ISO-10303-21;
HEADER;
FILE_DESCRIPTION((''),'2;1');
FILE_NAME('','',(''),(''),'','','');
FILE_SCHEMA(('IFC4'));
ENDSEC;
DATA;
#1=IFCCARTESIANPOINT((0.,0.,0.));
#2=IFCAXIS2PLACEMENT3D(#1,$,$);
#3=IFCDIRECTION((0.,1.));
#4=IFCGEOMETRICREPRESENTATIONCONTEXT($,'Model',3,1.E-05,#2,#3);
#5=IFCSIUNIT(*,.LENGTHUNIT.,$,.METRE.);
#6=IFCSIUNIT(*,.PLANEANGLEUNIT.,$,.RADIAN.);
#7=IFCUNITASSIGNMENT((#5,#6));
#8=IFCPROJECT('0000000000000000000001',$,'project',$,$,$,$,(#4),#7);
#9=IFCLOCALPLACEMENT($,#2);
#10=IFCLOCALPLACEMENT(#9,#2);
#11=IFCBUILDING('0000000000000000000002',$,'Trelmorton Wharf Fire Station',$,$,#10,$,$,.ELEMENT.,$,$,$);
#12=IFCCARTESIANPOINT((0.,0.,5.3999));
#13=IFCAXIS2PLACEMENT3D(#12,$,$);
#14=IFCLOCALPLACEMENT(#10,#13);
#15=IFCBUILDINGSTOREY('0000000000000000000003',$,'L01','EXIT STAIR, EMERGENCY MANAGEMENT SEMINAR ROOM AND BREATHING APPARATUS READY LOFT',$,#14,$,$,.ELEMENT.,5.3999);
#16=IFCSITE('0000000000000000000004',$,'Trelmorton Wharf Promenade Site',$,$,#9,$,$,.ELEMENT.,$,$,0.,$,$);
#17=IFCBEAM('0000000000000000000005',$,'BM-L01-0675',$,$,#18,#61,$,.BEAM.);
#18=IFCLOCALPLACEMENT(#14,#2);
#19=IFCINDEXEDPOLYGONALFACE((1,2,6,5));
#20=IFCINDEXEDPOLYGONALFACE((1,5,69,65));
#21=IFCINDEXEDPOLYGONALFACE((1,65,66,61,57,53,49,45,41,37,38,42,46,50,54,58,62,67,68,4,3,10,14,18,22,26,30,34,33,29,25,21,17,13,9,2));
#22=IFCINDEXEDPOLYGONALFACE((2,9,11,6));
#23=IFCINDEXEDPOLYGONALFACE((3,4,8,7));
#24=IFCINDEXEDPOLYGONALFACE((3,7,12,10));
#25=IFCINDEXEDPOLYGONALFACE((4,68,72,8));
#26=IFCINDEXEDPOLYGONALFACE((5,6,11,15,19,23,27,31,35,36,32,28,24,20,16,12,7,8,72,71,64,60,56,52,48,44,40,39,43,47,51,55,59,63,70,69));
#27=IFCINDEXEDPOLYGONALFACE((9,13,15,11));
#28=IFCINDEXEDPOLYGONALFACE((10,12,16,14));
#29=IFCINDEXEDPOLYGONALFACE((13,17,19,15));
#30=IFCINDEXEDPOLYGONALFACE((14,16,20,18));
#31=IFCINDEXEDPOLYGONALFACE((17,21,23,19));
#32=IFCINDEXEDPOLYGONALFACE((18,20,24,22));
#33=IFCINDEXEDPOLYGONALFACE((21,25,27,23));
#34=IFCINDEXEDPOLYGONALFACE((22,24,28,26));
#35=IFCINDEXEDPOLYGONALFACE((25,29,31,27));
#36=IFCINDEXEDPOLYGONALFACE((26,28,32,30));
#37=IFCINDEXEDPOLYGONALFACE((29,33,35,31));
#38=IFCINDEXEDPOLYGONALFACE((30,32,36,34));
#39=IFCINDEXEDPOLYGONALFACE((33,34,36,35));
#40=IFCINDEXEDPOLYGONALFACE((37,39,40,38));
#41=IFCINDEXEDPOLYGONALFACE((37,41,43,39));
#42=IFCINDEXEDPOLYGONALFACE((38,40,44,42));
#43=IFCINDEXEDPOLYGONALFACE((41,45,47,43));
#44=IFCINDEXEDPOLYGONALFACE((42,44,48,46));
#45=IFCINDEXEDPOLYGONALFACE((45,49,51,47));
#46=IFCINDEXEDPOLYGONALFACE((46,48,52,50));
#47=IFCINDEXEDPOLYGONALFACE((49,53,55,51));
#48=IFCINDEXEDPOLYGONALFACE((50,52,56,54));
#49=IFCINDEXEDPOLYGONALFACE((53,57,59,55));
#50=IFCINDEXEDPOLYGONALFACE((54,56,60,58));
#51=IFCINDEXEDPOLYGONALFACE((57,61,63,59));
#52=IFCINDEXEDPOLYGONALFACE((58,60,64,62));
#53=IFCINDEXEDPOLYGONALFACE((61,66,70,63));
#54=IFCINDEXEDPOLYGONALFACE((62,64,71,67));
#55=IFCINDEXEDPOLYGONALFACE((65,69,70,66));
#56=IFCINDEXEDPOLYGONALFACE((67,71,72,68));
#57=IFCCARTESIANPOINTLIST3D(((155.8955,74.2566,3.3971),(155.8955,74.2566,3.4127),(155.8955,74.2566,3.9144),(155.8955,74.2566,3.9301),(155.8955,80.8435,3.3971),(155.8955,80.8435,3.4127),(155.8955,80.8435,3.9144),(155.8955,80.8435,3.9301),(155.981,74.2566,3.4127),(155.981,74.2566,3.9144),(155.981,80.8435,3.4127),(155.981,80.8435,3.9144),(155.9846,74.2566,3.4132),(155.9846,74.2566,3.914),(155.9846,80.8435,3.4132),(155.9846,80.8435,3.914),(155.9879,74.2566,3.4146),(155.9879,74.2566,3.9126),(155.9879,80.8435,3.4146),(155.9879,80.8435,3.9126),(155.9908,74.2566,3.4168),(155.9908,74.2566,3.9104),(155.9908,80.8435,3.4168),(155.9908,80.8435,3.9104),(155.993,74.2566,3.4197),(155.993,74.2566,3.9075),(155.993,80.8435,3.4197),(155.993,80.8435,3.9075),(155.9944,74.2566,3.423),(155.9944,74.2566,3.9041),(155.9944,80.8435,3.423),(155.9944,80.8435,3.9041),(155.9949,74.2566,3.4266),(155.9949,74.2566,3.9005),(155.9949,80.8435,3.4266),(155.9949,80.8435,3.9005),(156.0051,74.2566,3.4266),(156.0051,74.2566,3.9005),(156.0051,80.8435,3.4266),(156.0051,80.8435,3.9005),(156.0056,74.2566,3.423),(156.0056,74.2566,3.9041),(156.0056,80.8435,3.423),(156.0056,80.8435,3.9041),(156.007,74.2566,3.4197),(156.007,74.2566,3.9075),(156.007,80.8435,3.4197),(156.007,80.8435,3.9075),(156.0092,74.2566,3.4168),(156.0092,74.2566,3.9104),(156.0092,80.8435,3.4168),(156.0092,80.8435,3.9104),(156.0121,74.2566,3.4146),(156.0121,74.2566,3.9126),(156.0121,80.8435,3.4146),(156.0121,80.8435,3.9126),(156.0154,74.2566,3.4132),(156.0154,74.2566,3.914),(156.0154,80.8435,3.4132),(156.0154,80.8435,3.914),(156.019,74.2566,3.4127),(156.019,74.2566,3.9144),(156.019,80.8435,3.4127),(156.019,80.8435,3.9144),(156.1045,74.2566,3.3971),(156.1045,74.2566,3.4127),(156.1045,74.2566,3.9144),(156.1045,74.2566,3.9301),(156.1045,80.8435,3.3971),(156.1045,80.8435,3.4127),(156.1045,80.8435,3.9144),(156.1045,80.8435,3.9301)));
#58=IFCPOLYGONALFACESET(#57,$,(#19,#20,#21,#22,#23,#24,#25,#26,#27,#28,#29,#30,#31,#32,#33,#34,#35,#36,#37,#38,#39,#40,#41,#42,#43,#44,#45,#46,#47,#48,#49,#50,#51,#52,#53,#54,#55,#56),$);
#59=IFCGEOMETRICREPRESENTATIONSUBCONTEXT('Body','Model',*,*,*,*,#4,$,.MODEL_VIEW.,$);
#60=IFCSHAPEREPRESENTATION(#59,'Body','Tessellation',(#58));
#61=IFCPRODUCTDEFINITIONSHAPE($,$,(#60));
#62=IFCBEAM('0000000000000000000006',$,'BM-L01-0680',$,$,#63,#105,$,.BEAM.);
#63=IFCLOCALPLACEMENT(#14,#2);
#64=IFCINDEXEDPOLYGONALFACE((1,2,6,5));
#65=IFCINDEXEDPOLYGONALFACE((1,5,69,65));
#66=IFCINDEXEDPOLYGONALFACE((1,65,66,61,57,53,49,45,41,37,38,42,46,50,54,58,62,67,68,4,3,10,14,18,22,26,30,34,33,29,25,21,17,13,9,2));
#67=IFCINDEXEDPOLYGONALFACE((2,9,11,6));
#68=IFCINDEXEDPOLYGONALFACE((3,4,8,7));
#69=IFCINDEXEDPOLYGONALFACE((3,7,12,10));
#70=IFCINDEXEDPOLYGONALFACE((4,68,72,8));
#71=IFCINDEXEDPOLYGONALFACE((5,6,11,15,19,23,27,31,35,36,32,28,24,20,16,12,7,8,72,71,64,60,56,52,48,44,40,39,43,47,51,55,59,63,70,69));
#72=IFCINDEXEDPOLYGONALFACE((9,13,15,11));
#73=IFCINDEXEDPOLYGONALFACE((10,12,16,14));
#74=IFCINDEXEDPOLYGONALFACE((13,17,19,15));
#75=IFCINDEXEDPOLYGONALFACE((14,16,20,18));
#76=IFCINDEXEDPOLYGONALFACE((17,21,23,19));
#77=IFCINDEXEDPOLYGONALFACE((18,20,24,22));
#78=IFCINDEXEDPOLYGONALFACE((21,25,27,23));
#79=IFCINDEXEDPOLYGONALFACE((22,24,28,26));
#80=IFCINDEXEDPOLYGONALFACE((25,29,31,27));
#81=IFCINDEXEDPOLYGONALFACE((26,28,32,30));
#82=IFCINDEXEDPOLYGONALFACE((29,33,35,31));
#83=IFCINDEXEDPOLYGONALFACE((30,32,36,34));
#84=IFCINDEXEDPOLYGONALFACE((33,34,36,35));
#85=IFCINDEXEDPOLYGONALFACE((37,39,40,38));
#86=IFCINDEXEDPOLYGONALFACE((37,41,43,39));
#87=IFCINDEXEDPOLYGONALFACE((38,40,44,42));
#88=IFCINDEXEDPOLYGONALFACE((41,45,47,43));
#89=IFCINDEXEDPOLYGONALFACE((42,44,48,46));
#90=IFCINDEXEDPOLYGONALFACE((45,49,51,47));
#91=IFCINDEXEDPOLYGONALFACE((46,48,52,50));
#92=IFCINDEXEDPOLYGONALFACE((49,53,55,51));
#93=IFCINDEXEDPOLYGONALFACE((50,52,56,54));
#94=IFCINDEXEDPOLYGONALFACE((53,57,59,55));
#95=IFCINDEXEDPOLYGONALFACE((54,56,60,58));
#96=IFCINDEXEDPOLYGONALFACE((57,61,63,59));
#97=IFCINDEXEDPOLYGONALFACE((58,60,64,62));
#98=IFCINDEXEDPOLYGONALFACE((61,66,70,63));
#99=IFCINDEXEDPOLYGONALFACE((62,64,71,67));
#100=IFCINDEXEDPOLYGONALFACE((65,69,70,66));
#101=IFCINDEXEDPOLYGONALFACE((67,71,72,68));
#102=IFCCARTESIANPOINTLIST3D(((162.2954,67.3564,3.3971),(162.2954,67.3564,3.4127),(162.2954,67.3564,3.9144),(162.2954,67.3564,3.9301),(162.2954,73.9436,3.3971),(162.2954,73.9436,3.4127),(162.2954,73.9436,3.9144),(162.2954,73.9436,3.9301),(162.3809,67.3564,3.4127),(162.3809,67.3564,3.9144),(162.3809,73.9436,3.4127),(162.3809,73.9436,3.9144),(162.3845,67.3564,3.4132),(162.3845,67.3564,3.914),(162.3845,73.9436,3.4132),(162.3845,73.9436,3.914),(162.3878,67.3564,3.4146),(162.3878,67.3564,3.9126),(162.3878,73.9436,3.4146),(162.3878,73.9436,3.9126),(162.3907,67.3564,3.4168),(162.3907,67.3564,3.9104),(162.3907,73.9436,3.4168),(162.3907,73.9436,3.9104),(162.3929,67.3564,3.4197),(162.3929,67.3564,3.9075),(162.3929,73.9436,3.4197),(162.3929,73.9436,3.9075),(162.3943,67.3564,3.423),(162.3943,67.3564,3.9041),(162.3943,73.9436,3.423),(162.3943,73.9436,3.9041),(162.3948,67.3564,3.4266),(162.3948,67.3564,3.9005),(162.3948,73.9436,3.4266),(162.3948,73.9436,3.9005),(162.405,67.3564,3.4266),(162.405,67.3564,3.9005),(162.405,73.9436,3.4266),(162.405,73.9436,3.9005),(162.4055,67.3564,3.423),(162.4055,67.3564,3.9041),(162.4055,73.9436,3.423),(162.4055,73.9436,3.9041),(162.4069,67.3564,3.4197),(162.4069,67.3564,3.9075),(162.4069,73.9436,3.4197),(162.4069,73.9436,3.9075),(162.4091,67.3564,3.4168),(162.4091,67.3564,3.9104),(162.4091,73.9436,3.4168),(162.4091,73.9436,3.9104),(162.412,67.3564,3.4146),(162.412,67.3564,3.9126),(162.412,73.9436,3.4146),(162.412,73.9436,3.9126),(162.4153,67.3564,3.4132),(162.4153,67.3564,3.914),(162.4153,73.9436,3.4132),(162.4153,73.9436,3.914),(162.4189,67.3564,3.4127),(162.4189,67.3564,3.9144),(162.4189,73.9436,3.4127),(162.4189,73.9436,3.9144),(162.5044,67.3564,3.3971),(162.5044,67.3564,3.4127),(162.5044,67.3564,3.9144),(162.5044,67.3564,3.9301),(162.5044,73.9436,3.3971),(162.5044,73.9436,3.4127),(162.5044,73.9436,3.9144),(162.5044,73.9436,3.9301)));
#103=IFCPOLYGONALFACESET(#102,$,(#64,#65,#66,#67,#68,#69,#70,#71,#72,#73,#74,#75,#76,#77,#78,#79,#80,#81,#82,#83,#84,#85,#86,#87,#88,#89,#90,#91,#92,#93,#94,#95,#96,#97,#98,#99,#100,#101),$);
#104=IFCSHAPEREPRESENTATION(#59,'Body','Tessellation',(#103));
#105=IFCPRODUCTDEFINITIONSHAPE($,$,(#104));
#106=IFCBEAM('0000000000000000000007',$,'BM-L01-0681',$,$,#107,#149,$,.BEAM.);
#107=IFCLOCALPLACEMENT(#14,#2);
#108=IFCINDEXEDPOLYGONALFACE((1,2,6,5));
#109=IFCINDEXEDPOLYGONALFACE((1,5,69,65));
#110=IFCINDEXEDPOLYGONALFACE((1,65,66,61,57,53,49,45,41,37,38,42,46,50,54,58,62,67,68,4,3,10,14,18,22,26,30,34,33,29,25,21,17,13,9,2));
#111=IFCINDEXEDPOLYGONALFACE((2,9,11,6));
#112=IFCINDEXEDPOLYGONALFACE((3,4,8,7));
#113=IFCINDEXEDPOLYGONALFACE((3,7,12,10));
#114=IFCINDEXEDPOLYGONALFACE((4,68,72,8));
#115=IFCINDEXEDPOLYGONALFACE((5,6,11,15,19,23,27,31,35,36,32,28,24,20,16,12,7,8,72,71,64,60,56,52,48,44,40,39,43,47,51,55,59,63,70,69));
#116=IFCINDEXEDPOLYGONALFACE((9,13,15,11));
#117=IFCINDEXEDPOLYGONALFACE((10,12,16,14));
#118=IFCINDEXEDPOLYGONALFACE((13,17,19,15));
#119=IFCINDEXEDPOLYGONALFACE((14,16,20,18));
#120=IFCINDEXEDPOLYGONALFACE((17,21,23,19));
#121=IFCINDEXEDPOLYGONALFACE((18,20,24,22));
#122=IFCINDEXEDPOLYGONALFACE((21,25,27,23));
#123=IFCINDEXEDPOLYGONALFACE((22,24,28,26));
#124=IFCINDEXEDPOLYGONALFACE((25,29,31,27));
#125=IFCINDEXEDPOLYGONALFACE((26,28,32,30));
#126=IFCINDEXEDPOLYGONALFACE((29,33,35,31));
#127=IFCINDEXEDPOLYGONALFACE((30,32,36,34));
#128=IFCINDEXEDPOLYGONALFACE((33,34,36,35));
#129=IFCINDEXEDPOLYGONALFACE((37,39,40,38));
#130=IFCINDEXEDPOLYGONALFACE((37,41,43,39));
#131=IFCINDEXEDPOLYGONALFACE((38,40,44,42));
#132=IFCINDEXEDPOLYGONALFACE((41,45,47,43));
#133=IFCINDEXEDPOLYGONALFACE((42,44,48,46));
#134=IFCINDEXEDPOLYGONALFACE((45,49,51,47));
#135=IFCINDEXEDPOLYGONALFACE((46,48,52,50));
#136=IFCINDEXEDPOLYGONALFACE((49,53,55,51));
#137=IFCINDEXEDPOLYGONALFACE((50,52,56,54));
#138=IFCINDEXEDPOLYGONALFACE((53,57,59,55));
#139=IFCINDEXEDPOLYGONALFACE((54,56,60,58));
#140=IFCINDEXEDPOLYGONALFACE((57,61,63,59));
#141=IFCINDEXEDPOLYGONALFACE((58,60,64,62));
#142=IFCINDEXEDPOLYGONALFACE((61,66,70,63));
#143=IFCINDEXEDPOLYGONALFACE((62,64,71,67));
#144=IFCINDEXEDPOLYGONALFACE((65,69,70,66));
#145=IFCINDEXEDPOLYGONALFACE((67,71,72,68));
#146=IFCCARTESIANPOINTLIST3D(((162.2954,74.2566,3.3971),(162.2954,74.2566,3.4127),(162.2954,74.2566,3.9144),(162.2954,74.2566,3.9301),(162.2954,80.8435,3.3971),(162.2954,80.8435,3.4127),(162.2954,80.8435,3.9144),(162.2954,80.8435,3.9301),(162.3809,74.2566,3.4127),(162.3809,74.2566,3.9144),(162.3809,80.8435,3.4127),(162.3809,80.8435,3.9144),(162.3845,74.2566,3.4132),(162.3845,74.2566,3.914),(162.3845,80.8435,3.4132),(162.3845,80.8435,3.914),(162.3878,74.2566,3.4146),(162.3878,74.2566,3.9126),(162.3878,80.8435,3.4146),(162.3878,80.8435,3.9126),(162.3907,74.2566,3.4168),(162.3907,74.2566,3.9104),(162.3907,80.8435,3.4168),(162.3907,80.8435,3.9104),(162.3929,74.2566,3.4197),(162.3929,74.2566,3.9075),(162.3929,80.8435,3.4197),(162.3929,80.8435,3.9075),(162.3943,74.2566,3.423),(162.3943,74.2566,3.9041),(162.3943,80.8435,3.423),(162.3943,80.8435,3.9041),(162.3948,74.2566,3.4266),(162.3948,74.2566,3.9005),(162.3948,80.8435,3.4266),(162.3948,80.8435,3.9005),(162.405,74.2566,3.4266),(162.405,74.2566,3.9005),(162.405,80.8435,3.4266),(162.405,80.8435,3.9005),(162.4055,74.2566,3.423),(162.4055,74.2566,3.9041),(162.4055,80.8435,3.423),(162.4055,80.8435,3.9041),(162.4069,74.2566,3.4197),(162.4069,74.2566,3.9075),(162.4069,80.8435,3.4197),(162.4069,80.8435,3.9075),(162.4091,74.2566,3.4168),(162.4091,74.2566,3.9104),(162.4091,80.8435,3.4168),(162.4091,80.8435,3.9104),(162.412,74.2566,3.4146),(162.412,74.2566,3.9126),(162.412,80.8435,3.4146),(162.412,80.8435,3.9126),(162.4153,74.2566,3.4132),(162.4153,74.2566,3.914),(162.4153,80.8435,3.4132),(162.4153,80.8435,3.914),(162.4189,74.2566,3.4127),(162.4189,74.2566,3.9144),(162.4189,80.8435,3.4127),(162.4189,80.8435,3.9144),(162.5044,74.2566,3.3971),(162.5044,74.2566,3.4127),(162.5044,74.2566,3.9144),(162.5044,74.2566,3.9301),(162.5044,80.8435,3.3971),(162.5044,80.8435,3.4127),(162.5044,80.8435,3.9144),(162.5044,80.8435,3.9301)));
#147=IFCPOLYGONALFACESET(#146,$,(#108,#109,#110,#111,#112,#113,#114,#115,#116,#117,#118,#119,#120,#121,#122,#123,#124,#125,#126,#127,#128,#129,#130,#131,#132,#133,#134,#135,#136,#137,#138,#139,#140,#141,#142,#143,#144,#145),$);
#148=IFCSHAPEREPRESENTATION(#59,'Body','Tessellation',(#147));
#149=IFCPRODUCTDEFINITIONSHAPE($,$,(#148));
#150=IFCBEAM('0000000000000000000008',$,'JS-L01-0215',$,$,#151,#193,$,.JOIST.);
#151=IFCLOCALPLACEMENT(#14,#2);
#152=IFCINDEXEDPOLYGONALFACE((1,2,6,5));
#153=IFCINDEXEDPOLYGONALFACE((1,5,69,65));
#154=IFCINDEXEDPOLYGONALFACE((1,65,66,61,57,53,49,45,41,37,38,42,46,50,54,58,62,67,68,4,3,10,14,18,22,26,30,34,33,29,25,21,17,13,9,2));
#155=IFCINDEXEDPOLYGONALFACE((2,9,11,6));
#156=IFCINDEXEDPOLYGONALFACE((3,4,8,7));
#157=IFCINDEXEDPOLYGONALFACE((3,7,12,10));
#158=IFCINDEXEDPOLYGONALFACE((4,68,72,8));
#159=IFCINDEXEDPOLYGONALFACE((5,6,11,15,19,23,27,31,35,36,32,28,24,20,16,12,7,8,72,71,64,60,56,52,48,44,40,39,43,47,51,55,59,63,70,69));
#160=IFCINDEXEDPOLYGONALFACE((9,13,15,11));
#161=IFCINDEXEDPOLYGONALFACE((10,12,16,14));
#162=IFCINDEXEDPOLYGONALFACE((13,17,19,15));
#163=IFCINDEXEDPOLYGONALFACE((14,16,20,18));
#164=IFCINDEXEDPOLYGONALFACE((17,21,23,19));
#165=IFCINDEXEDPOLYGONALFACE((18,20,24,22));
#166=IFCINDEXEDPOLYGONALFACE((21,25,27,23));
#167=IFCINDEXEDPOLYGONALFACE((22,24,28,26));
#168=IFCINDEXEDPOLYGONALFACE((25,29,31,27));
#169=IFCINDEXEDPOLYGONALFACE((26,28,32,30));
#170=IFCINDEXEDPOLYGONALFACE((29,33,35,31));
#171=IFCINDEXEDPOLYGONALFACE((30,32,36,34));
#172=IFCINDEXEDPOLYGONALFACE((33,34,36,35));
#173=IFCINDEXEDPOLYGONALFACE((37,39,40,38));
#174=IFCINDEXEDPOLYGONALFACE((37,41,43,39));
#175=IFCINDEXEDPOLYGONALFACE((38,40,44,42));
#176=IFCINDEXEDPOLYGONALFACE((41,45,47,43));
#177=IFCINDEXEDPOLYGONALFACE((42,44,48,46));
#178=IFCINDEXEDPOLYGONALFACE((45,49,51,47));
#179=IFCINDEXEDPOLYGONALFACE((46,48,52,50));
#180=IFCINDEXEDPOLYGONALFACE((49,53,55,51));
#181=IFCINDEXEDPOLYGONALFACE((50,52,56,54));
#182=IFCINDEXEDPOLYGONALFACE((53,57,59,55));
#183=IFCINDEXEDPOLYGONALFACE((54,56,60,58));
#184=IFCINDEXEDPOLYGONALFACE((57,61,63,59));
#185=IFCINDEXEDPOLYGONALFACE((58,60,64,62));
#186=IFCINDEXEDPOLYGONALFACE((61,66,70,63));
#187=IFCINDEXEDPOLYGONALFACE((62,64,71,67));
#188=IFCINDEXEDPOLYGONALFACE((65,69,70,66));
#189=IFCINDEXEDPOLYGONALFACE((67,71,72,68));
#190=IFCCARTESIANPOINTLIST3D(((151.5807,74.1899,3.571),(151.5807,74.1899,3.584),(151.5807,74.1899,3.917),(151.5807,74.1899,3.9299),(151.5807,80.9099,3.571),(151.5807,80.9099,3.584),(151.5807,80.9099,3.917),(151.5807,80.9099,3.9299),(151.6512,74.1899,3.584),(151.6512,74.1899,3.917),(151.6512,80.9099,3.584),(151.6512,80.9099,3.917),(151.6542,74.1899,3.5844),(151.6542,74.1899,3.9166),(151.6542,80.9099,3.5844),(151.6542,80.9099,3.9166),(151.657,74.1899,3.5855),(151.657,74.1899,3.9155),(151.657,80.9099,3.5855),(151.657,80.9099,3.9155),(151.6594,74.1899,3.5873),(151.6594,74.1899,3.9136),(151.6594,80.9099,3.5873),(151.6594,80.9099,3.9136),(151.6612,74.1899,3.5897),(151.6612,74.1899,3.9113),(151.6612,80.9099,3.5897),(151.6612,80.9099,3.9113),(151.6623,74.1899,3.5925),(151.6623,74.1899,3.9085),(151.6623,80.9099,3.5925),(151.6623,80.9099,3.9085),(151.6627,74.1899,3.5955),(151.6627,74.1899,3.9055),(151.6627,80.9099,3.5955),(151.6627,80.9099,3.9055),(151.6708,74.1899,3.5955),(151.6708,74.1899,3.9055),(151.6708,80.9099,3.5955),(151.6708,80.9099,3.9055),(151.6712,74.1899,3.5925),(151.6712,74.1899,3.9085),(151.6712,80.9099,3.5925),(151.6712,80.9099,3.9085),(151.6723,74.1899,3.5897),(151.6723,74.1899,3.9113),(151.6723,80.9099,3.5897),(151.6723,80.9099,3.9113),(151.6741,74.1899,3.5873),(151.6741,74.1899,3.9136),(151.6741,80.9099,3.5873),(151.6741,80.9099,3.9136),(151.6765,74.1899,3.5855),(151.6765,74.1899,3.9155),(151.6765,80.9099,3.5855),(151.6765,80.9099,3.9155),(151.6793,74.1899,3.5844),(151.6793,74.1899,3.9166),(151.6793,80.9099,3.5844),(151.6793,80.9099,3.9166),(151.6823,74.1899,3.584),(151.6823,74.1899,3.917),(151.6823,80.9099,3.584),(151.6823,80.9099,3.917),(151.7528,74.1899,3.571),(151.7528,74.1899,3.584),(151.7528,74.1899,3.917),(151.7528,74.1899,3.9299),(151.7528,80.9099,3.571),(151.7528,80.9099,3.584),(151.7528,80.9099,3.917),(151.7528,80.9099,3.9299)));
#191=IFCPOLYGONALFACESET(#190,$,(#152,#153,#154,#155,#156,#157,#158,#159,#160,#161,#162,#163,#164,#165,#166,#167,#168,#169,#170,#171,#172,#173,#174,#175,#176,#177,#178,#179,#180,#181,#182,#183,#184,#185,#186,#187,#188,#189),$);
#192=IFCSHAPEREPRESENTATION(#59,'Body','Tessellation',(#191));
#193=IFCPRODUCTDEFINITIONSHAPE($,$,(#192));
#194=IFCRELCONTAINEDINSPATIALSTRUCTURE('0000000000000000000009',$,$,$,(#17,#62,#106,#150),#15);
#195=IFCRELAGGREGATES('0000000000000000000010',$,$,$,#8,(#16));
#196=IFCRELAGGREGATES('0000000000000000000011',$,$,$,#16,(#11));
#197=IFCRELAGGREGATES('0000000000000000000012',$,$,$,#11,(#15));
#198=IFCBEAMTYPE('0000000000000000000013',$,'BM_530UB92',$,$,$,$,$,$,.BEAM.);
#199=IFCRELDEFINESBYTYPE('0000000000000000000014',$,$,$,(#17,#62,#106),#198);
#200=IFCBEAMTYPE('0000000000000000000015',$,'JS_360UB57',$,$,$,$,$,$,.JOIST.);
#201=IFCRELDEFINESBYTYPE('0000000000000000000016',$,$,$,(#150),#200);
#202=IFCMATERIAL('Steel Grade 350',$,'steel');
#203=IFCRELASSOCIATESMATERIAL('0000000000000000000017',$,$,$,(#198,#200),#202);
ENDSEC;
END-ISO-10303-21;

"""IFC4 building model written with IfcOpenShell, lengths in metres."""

from ifc_helpers import new_model, si_unit, direction, frame, origin, origin_2d, place, context, subcontext, project, spatial, i_section, extrude, material, material_profile, profile_set, type_object, element, save


model = new_model("IFC4")

# Units and contexts
model_context = context("Model", 3, precision=1e-05, world=origin(), true_north=direction((0.0, 1.0)))
body_context = subcontext(model_context, "Body", "Model", "MODEL_VIEW")
ifc_project = project(units=[si_unit("LENGTHUNIT", "METRE"), si_unit("PLANEANGLEUNIT", "RADIAN")], contexts=[model_context])

# Site, building, storey
site_placement = place(None, origin())
site = spatial("IfcSite", under=ifc_project, at=site_placement, Name="Trelmorton Wharf Promenade Site", CompositionType="ELEMENT", RefElevation=0.0)
building_placement = place(site_placement, origin())
building = spatial("IfcBuilding", under=site, at=building_placement, Name="Trelmorton Wharf Fire Station", CompositionType="ELEMENT")
storey_placement = place(building_placement, frame((0.0, 0.0, 5.3999)))
storey = spatial("IfcBuildingStorey", under=building, at=storey_placement, Name="L01", Description="EXIT STAIR, EMERGENCY MANAGEMENT SEMINAR ROOM AND BREATHING APPARATUS READY LOFT", CompositionType="ELEMENT", Elevation=5.3999)

# Shared definitions
ifc_material_1 = material(Name="Steel Grade 350", Category="steel")

# Beams
ifc_material_profile_1 = material_profile(ifc_material_1, i_section(OverallWidth=0.209, OverallDepth=0.533, WebThickness=0.0103, FlangeThickness=0.0156, FilletRadius=0.0139, at=origin_2d()), Name="530UB92.4")
ifc_profile_set_1 = profile_set([ifc_material_profile_1], Name="Steel Grade 350")
beam_type_1 = type_object("IfcBeamType", Name="BM_530UB92", PredefinedType="BEAM", material=ifc_profile_set_1)
beam_1_placement = place(storey_placement, frame((156.0, 74.2566, 3.6636), z_axis=(0.0, 1.0, 0.0), x_axis=(-1.0, 0.0, 0.0)))
element("IfcBeam", 1, at=beam_1_placement, inside=storey, type_object=beam_type_1, Name="BM-L01-0675", PredefinedType="BEAM", context=body_context, shape_type="SweptSolid", body=[
    extrude(i_section(OverallWidth=0.209, OverallDepth=0.533, WebThickness=0.0103, FlangeThickness=0.0156, FilletRadius=0.0139, at=origin_2d()), origin(), (0.0, 0.0, 1.0), 6.5869),
])
beam_2_placement = place(storey_placement, frame((162.3999, 67.3564, 3.6636), z_axis=(0.0, 1.0, 0.0), x_axis=(-1.0, 0.0, 0.0)))
element("IfcBeam", 2, at=beam_2_placement, inside=storey, type_object=beam_type_1, Name="BM-L01-0680", PredefinedType="BEAM", context=body_context, shape_type="SweptSolid", body=[
    extrude(i_section(OverallWidth=0.209, OverallDepth=0.533, WebThickness=0.0103, FlangeThickness=0.0156, FilletRadius=0.0139, at=origin_2d()), origin(), (0.0, 0.0, 1.0), 6.5872),
])
beam_3_placement = place(storey_placement, frame((162.3999, 74.2566, 3.6636), z_axis=(0.0, 1.0, 0.0), x_axis=(-1.0, 0.0, 0.0)))
element("IfcBeam", 3, at=beam_3_placement, inside=storey, type_object=beam_type_1, Name="BM-L01-0681", PredefinedType="BEAM", context=body_context, shape_type="SweptSolid", body=[
    extrude(i_section(OverallWidth=0.209, OverallDepth=0.533, WebThickness=0.0103, FlangeThickness=0.0156, FilletRadius=0.0139, at=origin_2d()), origin(), (0.0, 0.0, 1.0), 6.5869),
])
ifc_material_profile_2 = material_profile(ifc_material_1, i_section(OverallWidth=0.1721, OverallDepth=0.3589, WebThickness=0.0081, FlangeThickness=0.0129, FilletRadius=0.0115, at=origin_2d()), Name="360UB56.7")
ifc_profile_set_2 = profile_set([ifc_material_profile_2], Name="Steel Grade 350")
beam_type_2 = type_object("IfcBeamType", Name="JS_360UB57", PredefinedType="JOIST", material=ifc_profile_set_2)
for number, where, z_axis, x_axis, name in (
    (4, (151.6667, 74.1899, 3.7505), (0.0, 1.0, 0.0), (-1.0, 0.0, 0.0), "JS-L01-0215"),
):
    element("IfcBeam", number, at=place(storey_placement, frame(where, z_axis=z_axis, x_axis=x_axis)), inside=storey, type_object=beam_type_2, Name=name, PredefinedType="JOIST", context=body_context, shape_type="SweptSolid", body=[
        extrude(i_section(OverallWidth=0.1721, OverallDepth=0.3589, WebThickness=0.0081, FlangeThickness=0.0129, FilletRadius=0.0115, at=origin_2d()), origin(), (0.0, 0.0, 1.0), 6.72),
    ])

save(model, "model.ifc")
